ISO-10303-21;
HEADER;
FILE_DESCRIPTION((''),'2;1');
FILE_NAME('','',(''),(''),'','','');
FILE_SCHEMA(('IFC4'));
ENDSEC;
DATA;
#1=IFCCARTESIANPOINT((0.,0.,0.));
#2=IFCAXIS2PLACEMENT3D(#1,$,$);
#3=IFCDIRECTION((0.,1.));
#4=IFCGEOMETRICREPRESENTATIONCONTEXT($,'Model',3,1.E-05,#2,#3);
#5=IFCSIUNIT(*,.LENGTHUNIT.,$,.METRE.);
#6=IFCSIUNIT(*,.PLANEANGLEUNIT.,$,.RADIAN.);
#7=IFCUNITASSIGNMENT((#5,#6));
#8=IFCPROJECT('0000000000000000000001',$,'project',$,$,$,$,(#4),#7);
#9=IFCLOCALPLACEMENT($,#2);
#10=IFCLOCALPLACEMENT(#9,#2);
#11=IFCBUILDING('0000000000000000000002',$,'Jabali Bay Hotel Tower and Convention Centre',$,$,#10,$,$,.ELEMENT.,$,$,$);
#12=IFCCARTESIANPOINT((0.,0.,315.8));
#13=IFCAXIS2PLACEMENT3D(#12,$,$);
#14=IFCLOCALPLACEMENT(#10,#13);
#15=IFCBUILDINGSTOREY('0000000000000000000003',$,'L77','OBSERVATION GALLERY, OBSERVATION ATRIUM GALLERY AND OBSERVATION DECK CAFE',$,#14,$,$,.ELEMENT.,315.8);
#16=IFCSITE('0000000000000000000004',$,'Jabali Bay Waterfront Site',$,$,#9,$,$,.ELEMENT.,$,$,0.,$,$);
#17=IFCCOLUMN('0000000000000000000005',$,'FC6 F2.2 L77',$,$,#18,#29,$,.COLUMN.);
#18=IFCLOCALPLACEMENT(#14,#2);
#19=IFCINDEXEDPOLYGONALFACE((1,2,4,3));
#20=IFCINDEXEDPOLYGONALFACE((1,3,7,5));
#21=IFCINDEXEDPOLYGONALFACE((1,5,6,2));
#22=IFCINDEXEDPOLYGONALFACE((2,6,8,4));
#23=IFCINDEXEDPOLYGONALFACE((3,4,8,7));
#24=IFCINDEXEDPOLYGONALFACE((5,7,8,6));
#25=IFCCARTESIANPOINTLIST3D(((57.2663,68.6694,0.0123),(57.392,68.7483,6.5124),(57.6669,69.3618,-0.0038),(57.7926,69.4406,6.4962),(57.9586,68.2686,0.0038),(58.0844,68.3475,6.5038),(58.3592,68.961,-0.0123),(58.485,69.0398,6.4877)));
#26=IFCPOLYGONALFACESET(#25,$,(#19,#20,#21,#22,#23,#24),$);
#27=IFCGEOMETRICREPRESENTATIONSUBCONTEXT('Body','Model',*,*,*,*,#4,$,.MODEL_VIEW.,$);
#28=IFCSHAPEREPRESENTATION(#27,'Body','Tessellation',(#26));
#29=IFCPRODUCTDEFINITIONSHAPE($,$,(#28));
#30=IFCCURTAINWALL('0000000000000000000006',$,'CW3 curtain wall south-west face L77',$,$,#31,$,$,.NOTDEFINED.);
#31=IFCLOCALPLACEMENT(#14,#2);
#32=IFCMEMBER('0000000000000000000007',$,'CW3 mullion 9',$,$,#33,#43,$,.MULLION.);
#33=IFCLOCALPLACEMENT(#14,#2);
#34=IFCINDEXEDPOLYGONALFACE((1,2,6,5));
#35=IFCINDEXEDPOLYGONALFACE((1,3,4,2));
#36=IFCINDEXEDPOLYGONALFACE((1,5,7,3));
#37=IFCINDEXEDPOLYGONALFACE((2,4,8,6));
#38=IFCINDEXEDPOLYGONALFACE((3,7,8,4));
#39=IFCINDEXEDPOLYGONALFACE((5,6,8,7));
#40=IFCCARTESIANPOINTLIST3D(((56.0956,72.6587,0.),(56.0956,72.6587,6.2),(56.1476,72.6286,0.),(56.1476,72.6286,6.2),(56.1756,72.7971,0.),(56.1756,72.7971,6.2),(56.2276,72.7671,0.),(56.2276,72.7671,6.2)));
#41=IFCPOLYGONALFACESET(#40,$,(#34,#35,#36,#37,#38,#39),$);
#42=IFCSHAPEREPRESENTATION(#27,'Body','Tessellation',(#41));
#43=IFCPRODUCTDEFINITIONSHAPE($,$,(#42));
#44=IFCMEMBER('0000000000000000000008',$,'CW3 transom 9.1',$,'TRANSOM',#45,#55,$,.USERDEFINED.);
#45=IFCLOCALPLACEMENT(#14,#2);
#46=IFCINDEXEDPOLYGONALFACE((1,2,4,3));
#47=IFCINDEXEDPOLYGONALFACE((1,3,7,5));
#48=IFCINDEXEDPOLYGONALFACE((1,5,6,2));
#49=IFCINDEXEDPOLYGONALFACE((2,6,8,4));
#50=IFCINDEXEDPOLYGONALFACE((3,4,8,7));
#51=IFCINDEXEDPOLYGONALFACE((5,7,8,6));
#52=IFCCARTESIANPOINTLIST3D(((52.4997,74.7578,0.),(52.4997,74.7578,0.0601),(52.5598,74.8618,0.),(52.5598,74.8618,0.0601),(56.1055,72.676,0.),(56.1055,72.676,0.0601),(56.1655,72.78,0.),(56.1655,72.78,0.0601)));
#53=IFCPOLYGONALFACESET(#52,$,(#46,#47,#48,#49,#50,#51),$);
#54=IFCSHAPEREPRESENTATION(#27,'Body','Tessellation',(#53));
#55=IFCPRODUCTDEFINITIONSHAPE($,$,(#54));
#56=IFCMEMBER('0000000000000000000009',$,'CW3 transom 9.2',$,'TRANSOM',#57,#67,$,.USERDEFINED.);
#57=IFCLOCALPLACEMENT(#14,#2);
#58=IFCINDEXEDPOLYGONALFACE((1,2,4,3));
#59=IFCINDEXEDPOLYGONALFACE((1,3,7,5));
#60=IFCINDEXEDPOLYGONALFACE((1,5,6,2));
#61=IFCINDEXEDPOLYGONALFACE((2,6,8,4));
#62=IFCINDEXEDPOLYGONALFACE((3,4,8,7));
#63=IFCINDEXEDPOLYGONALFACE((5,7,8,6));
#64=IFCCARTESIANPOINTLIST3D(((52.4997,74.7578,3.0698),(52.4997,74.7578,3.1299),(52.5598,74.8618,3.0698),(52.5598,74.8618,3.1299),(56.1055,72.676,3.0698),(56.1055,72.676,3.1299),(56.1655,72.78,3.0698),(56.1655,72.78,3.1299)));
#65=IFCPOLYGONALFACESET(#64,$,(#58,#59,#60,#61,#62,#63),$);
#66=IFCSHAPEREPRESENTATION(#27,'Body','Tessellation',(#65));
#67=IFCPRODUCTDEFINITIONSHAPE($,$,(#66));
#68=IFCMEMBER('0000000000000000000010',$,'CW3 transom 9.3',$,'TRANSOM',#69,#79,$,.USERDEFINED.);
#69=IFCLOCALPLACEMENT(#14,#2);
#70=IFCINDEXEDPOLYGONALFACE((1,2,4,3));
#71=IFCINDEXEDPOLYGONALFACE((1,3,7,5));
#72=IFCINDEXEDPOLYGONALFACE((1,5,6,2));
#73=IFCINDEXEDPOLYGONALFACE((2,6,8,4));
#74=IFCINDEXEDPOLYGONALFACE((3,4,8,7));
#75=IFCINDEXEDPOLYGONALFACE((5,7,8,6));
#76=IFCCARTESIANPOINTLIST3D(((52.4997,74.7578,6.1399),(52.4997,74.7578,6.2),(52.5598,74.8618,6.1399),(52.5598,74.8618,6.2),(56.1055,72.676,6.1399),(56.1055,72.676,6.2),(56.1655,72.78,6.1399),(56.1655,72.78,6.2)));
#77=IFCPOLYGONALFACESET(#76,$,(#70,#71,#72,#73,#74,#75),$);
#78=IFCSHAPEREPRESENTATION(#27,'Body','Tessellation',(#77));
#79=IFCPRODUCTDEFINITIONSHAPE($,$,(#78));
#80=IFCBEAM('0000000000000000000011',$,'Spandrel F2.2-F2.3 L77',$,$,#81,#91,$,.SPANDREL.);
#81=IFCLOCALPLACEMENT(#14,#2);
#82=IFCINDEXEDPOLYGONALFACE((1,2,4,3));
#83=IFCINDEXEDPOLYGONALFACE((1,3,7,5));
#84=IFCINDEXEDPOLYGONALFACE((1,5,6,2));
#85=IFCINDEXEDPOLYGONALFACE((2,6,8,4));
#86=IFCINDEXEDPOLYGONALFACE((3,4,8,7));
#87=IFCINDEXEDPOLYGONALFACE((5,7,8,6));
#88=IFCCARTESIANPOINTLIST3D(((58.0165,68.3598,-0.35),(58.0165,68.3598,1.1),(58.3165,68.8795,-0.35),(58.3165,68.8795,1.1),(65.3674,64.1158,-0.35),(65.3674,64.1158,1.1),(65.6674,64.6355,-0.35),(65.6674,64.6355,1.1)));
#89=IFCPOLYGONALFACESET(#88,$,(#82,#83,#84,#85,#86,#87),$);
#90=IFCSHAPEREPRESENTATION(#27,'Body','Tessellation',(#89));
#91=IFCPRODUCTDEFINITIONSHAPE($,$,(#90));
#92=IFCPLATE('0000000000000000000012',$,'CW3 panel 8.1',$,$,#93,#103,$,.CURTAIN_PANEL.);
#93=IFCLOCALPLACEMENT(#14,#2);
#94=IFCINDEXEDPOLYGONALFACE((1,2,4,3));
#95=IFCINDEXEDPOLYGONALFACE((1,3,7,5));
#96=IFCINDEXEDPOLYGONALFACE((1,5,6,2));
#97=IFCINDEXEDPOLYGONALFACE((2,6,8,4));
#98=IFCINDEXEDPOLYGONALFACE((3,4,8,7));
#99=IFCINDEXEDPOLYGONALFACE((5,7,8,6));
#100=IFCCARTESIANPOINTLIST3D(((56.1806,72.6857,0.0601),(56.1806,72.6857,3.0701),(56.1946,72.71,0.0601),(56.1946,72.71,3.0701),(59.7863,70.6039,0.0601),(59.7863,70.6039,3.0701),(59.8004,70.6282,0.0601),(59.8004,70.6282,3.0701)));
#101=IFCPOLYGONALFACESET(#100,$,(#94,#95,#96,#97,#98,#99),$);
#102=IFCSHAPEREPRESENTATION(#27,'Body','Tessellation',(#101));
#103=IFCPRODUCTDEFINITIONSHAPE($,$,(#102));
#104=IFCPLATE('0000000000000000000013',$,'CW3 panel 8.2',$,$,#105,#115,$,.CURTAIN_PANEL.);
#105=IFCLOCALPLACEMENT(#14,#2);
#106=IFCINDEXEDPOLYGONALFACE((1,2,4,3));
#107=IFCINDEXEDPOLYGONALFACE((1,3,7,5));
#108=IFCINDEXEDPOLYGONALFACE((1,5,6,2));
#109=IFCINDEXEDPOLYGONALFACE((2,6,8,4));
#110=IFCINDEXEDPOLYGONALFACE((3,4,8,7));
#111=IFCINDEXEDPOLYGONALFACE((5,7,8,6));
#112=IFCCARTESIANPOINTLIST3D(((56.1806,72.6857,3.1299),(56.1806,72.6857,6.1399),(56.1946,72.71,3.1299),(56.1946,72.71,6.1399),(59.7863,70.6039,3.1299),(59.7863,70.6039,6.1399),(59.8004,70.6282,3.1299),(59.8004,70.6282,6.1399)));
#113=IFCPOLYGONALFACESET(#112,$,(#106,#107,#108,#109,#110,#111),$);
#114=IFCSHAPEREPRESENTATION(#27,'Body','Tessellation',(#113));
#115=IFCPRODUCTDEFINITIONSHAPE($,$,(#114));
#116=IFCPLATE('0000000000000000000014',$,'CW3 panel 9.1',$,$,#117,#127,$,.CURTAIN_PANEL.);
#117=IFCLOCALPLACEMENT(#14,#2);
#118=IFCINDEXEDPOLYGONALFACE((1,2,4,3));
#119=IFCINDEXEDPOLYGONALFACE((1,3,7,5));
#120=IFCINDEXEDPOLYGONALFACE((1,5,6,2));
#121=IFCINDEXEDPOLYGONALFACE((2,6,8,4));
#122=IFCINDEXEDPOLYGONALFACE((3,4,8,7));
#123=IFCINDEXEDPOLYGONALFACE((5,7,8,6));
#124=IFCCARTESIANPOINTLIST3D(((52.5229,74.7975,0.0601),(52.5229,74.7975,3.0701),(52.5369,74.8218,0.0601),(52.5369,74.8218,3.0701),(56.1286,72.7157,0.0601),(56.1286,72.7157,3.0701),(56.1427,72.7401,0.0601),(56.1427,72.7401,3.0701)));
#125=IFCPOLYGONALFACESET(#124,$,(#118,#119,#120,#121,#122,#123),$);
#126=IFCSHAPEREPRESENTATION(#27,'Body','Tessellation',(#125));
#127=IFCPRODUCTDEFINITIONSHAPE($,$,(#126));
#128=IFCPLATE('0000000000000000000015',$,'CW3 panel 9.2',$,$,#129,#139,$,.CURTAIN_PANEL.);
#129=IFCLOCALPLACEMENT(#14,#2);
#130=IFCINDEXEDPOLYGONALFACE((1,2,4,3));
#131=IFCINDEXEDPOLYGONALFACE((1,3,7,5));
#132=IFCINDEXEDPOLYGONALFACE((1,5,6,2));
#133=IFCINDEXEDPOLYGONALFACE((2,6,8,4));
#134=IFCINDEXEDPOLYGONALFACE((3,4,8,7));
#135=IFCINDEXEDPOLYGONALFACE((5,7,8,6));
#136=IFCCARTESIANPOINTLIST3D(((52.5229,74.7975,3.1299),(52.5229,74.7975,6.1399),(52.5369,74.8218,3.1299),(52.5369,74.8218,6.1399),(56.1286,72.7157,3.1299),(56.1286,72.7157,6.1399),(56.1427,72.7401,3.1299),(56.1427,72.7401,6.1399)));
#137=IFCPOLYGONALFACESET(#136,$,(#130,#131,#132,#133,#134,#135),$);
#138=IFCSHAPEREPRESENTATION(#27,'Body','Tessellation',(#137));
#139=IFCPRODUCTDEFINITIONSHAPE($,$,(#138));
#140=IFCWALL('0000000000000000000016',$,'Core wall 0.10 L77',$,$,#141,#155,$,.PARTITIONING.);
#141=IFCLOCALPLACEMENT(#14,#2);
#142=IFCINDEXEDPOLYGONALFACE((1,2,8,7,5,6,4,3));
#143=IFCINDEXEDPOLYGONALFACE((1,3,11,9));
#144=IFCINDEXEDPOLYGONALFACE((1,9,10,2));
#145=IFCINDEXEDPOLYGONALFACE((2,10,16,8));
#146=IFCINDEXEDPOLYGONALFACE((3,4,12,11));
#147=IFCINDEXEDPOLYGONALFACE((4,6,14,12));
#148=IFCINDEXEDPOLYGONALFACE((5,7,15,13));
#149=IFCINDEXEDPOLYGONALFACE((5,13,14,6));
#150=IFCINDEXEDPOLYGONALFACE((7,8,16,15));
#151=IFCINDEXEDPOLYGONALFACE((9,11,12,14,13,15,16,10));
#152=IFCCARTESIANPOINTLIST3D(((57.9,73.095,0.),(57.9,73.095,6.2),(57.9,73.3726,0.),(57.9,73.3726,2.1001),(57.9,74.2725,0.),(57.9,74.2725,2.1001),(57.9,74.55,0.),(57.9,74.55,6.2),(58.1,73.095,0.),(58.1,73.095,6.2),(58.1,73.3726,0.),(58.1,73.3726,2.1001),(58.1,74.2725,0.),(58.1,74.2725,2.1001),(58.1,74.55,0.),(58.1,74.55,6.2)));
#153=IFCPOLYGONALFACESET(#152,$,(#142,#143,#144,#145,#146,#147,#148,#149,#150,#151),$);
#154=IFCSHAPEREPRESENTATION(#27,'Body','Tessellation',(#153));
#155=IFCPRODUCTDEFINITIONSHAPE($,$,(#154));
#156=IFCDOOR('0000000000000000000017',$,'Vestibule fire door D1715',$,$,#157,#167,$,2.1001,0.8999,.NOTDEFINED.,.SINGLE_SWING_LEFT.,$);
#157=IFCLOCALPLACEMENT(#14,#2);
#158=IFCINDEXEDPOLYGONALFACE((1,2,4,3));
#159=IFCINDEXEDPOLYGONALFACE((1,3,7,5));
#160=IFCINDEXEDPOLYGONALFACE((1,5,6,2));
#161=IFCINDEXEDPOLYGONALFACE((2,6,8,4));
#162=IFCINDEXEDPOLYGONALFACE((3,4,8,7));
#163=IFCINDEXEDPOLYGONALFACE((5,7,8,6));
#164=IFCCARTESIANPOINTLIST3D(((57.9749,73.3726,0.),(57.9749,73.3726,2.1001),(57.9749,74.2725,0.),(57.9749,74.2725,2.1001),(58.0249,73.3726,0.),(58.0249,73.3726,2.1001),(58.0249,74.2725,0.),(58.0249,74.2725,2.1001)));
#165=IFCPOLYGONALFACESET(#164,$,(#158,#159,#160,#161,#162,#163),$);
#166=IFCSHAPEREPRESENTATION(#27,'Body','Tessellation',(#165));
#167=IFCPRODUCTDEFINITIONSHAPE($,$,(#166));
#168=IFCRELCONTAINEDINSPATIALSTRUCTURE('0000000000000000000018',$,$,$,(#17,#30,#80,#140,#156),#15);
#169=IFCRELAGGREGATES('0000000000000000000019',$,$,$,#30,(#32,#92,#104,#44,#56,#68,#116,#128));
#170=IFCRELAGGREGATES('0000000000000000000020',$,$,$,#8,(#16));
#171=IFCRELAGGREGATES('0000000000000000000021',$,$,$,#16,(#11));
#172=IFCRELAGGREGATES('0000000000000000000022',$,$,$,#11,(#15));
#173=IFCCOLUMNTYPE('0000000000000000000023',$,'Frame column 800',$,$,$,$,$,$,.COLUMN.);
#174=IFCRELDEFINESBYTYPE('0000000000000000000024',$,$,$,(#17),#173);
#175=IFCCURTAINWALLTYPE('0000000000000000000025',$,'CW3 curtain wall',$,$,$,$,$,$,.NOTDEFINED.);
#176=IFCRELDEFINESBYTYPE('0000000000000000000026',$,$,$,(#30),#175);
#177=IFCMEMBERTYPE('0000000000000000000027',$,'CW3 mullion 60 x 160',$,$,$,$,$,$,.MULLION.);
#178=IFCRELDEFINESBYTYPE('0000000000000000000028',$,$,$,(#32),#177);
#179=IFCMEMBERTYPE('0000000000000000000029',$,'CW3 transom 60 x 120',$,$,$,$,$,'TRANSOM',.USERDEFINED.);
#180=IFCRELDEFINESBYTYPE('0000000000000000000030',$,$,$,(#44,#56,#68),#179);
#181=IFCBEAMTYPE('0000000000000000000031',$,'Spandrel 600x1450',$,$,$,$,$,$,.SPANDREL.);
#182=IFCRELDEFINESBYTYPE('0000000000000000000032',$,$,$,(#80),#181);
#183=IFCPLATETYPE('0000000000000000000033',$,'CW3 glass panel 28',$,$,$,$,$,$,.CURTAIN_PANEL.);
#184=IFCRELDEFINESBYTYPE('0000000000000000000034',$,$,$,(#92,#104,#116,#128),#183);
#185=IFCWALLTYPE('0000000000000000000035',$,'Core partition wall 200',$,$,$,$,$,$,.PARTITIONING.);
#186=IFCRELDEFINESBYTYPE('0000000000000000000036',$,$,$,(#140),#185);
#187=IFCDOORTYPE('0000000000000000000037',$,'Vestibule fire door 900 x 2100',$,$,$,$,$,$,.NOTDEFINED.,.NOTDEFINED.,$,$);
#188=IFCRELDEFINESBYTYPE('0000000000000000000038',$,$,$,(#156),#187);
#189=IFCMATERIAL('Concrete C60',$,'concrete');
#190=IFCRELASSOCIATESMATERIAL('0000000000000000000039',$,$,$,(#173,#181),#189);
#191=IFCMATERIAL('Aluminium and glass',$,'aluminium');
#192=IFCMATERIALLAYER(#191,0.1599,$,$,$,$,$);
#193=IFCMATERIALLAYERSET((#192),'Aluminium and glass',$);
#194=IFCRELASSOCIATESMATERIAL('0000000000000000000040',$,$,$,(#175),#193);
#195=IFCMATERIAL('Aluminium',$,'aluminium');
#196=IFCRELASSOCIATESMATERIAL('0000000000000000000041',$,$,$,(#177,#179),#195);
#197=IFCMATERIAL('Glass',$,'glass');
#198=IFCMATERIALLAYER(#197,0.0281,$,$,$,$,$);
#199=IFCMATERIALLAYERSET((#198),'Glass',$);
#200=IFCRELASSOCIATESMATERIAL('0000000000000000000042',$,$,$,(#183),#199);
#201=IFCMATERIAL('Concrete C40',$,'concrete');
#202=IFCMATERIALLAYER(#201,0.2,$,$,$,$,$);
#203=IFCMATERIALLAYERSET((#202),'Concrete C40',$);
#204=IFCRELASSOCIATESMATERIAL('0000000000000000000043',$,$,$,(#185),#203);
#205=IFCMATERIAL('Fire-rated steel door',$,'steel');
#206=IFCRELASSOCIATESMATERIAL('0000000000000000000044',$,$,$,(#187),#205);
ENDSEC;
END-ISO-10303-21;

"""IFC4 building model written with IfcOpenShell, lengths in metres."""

from ifc_helpers import new_model, si_unit, direction, frame, frame_2d, origin, origin_2d, place, context, subcontext, project, spatial, rectangle, extrude, material, layer, layer_set, material_profile, profile_set, type_object, element, fill, aggregate, save


model = new_model("IFC4")

# Units and contexts
model_context = context("Model", 3, precision=1e-05, world=origin(), true_north=direction((0.0, 1.0)))
body_context = subcontext(model_context, "Body", "Model", "MODEL_VIEW")
ifc_project = project(units=[si_unit("LENGTHUNIT", "METRE"), si_unit("PLANEANGLEUNIT", "RADIAN")], contexts=[model_context])

# Site, building, storey
site_placement = place(None, origin())
site = spatial("IfcSite", under=ifc_project, at=site_placement, Name="Jabali Bay Waterfront Site", CompositionType="ELEMENT", RefElevation=0.0)
building_placement = place(site_placement, origin())
building = spatial("IfcBuilding", under=site, at=building_placement, Name="Jabali Bay Hotel Tower and Convention Centre", CompositionType="ELEMENT")
storey_placement = place(building_placement, frame((0.0, 0.0, 315.8)))
storey = spatial("IfcBuildingStorey", under=building, at=storey_placement, Name="L77", Description="OBSERVATION GALLERY, OBSERVATION ATRIUM GALLERY AND OBSERVATION DECK CAFE", CompositionType="ELEMENT", Elevation=315.8)

# Column
ifc_material_1 = material(Name="Concrete C60", Category="concrete")
ifc_material_profile_1 = material_profile(ifc_material_1, rectangle(XDim=0.8, YDim=0.8, at=origin_2d()), Name="Frame column 800")
ifc_profile_set_1 = profile_set([ifc_material_profile_1], Name="Concrete C60")
column_type = type_object("IfcColumnType", Name="Frame column 800", PredefinedType="COLUMN", material=ifc_profile_set_1)
column_placement = place(storey_placement, frame((57.8127, 68.8152, 0.0), z_axis=(0.019338, 0.012129, 0.999739), x_axis=(-0.865404, 0.500962, 0.010662)))
element("IfcColumn", 1, at=column_placement, inside=storey, type_object=column_type, Name="FC6 F2.2 L77", PredefinedType="COLUMN", context=body_context, shape_type="SweptSolid", body=[
    extrude(rectangle(XDim=0.8, YDim=0.8, at=origin_2d()), origin(), (0.0, 0.0, 1.0), 6.5017),
])

# Curtain wall, members
ifc_material_2 = material(Name="Aluminium and glass", Category="aluminium")
ifc_layer_1 = layer(ifc_material_2, 0.1599)
ifc_layer_set_1 = layer_set([ifc_layer_1], Name="Aluminium and glass")
curtain_wall_type = type_object("IfcCurtainWallType", Name="CW3 curtain wall", PredefinedType="NOTDEFINED", material=ifc_layer_set_1)
curtain_wall_placement = place(storey_placement, origin())
curtain_wall = element("IfcCurtainWall", 2, at=curtain_wall_placement, inside=storey, type_object=curtain_wall_type, Name="CW3 curtain wall south-west face L77", PredefinedType="NOTDEFINED")
ifc_material_3 = material(Name="Aluminium", Category="aluminium")
ifc_material_profile_2 = material_profile(ifc_material_3, rectangle(XDim=0.1599, YDim=0.0601, at=origin_2d()), Name="CW3 mullion 60 x 160")
ifc_profile_set_2 = profile_set([ifc_material_profile_2], Name="Aluminium")
member_type_1 = type_object("IfcMemberType", Name="CW3 mullion 60 x 160", PredefinedType="MULLION", material=ifc_profile_set_2)
member_1_placement = place(storey_placement, frame((56.1616, 72.7129, 0.0), z_axis=(0.0, 0.0, 1.0), x_axis=(-0.5, -0.866025, 0.0)))
member_1 = element("IfcMember", 3, at=member_1_placement, type_object=member_type_1, Name="CW3 mullion 9", PredefinedType="MULLION", context=body_context, shape_type="SweptSolid", body=[
    extrude(rectangle(XDim=0.1599, YDim=0.0601, at=origin_2d()), origin(), (0.0, 0.0, 1.0), 6.2),
])
ifc_material_profile_3 = material_profile(ifc_material_3, rectangle(XDim=0.1201, YDim=0.0601, at=origin_2d()), Name="CW3 transom 60 x 120")
ifc_profile_set_3 = profile_set([ifc_material_profile_3], Name="Aluminium")
member_type_2 = type_object("IfcMemberType", Name="CW3 transom 60 x 120", ElementType="TRANSOM", PredefinedType="USERDEFINED", material=ifc_profile_set_3)
member_2_placement = place(storey_placement, frame((56.1355, 72.728, 0.03), z_axis=(-0.866023, 0.500005, 0.0), x_axis=(-0.500005, -0.866023, 0.0)))
member_2 = element("IfcMember", 4, at=member_2_placement, type_object=member_type_2, Name="CW3 transom 9.1", ObjectType="TRANSOM", PredefinedType="USERDEFINED", context=body_context, shape_type="SweptSolid", body=[
    extrude(rectangle(XDim=0.1201, YDim=0.0601, at=origin_2d()), origin(), (0.0, 0.0, 1.0), 4.1636),
])
member_3_placement = place(storey_placement, frame((56.1355, 72.728, 3.0999), z_axis=(-0.866023, 0.500005, 0.0), x_axis=(-0.500005, -0.866023, 0.0)))
member_3 = element("IfcMember", 5, at=member_3_placement, type_object=member_type_2, Name="CW3 transom 9.2", ObjectType="TRANSOM", PredefinedType="USERDEFINED", context=body_context, shape_type="SweptSolid", body=[
    extrude(rectangle(XDim=0.1201, YDim=0.0601, at=origin_2d()), origin(), (0.0, 0.0, 1.0), 4.1636),
])
member_4_placement = place(storey_placement, frame((56.1355, 72.728, 6.1699), z_axis=(-0.866023, 0.500005, 0.0), x_axis=(-0.500005, -0.866023, 0.0)))
member_4 = element("IfcMember", 6, at=member_4_placement, type_object=member_type_2, Name="CW3 transom 9.3", ObjectType="TRANSOM", PredefinedType="USERDEFINED", context=body_context, shape_type="SweptSolid", body=[
    extrude(rectangle(XDim=0.1201, YDim=0.0601, at=origin_2d()), origin(), (0.0, 0.0, 1.0), 4.1636),
])

# Beam
ifc_material_profile_4 = material_profile(ifc_material_1, rectangle(XDim=0.6001, YDim=1.45, at=origin_2d()), Name="Spandrel 600x1450")
ifc_profile_set_4 = profile_set([ifc_material_profile_4], Name="Concrete C60")
beam_type = type_object("IfcBeamType", Name="Spandrel 600x1450", PredefinedType="SPANDREL", material=ifc_profile_set_4)
beam_placement = place(storey_placement, frame((58.1665, 68.6196, 0.375), z_axis=(0.866031, -0.499991, 0.0), x_axis=(0.499991, 0.866031, 0.0)))
element("IfcBeam", 7, at=beam_placement, inside=storey, type_object=beam_type, Name="Spandrel F2.2-F2.3 L77", PredefinedType="SPANDREL", context=body_context, shape_type="SweptSolid", body=[
    extrude(rectangle(XDim=0.6001, YDim=1.45, at=origin_2d()), origin(), (0.0, 0.0, 1.0), 8.488),
])

# Plates
ifc_material_4 = material(Name="Glass", Category="glass")
ifc_layer_2 = layer(ifc_material_4, 0.0281)
ifc_layer_set_2 = layer_set([ifc_layer_2], Name="Glass")
plate_type = type_object("IfcPlateType", Name="CW3 glass panel 28", PredefinedType="CURTAIN_PANEL", material=ifc_layer_set_2)
plate_1_placement = place(storey_placement, frame((57.9905, 71.657, 0.0601), z_axis=(0.0, 0.0, 1.0), x_axis=(-0.866025, 0.5, 0.0)))
plate_1 = element("IfcPlate", 8, at=plate_1_placement, type_object=plate_type, Name="CW3 panel 8.1", PredefinedType="CURTAIN_PANEL", context=body_context, shape_type="SweptSolid", body=[
    extrude(rectangle(XDim=4.1636, YDim=0.0281, at=origin_2d()), origin(), (0.0, 0.0, 1.0), 3.01),
])
plate_2_placement = place(storey_placement, frame((57.9905, 71.657, 3.1299), z_axis=(0.0, 0.0, 1.0), x_axis=(-0.866025, 0.5, 0.0)))
plate_2 = element("IfcPlate", 9, at=plate_2_placement, type_object=plate_type, Name="CW3 panel 8.2", PredefinedType="CURTAIN_PANEL", context=body_context, shape_type="SweptSolid", body=[
    extrude(rectangle(XDim=4.1636, YDim=0.0281, at=origin_2d()), origin(), (0.0, 0.0, 1.0), 3.01),
])
plate_3_placement = place(storey_placement, frame((54.3328, 73.7688, 0.0601), z_axis=(0.0, 0.0, 1.0), x_axis=(-0.866025, 0.5, 0.0)))
plate_3 = element("IfcPlate", 10, at=plate_3_placement, type_object=plate_type, Name="CW3 panel 9.1", PredefinedType="CURTAIN_PANEL", context=body_context, shape_type="SweptSolid", body=[
    extrude(rectangle(XDim=4.1636, YDim=0.0281, at=origin_2d()), origin(), (0.0, 0.0, 1.0), 3.01),
])
plate_4_placement = place(storey_placement, frame((54.3328, 73.7688, 3.1299), z_axis=(0.0, 0.0, 1.0), x_axis=(-0.866025, 0.5, 0.0)))
plate_4 = element("IfcPlate", 11, at=plate_4_placement, type_object=plate_type, Name="CW3 panel 9.2", PredefinedType="CURTAIN_PANEL", context=body_context, shape_type="SweptSolid", body=[
    extrude(rectangle(XDim=4.1636, YDim=0.0281, at=origin_2d()), origin(), (0.0, 0.0, 1.0), 3.01),
])
aggregate(curtain_wall, [member_1, plate_1, plate_2, member_2, member_3, member_4, plate_3, plate_4])

# Wall, opening, door
ifc_material_5 = material(Name="Concrete C40", Category="concrete")
ifc_layer_3 = layer(ifc_material_5, 0.2)
ifc_layer_set_3 = layer_set([ifc_layer_3], Name="Concrete C40")
wall_type_1 = type_object("IfcWallType", Name="Core partition wall 200", PredefinedType="PARTITIONING", material=ifc_layer_set_3)
wall_1_placement = place(storey_placement, frame((58.0, 74.55, 0.0), z_axis=(0.0, 0.0, 1.0), x_axis=(0.0, -1.0, 0.0)))
wall_1 = element("IfcWall", 12, at=wall_1_placement, inside=storey, type_object=wall_type_1, Name="Core wall 0.10 L77", PredefinedType="PARTITIONING", context=body_context, shape_type="SweptSolid", body=[
    extrude(rectangle(XDim=1.4551, YDim=0.2, at=frame_2d((0.7275, 0.0))), origin(), (0.0, 0.0, 1.0), 6.2),
])
opening_1_placement = place(wall_1_placement, frame((0.2776, 0.0, 0.0)))
opening_1 = element("IfcOpeningElement", 13, at=opening_1_placement, cuts=wall_1, PredefinedType="OPENING", context=body_context, shape_type="SweptSolid", body=[
    extrude(rectangle(XDim=0.8999, YDim=2.1001, at=frame_2d((0.45, 1.05))), frame((0.0, 0.1104, 0.0), z_axis=(0.0, -1.0, 0.0), x_axis=(1.0, 0.0, 0.0)), (0.0, 0.0, 1.0), 0.2209),
])
ifc_material_6 = material(Name="Fire-rated steel door", Category="steel")
door_type_1 = type_object("IfcDoorType", Name="Vestibule fire door 900 x 2100", OperationType="NOTDEFINED", PredefinedType="NOTDEFINED", material=ifc_material_6)
door_1_placement = place(opening_1_placement, origin())
door_1 = element("IfcDoor", 14, at=door_1_placement, inside=storey, type_object=door_type_1, Name="Vestibule fire door D1715", OperationType="SINGLE_SWING_LEFT", OverallHeight=2.1001, OverallWidth=0.8999, PredefinedType="NOTDEFINED", context=body_context, shape_type="SweptSolid", body=[
    extrude(rectangle(XDim=0.8999, YDim=2.1001, at=frame_2d((0.45, 1.05))), frame((0.0, 0.0249, 0.0), z_axis=(0.0, -1.0, 0.0), x_axis=(1.0, 0.0, 0.0)), (0.0, 0.0, 1.0), 0.05),
])
fill(opening_1, door_1)

save(model, "model.ifc")
